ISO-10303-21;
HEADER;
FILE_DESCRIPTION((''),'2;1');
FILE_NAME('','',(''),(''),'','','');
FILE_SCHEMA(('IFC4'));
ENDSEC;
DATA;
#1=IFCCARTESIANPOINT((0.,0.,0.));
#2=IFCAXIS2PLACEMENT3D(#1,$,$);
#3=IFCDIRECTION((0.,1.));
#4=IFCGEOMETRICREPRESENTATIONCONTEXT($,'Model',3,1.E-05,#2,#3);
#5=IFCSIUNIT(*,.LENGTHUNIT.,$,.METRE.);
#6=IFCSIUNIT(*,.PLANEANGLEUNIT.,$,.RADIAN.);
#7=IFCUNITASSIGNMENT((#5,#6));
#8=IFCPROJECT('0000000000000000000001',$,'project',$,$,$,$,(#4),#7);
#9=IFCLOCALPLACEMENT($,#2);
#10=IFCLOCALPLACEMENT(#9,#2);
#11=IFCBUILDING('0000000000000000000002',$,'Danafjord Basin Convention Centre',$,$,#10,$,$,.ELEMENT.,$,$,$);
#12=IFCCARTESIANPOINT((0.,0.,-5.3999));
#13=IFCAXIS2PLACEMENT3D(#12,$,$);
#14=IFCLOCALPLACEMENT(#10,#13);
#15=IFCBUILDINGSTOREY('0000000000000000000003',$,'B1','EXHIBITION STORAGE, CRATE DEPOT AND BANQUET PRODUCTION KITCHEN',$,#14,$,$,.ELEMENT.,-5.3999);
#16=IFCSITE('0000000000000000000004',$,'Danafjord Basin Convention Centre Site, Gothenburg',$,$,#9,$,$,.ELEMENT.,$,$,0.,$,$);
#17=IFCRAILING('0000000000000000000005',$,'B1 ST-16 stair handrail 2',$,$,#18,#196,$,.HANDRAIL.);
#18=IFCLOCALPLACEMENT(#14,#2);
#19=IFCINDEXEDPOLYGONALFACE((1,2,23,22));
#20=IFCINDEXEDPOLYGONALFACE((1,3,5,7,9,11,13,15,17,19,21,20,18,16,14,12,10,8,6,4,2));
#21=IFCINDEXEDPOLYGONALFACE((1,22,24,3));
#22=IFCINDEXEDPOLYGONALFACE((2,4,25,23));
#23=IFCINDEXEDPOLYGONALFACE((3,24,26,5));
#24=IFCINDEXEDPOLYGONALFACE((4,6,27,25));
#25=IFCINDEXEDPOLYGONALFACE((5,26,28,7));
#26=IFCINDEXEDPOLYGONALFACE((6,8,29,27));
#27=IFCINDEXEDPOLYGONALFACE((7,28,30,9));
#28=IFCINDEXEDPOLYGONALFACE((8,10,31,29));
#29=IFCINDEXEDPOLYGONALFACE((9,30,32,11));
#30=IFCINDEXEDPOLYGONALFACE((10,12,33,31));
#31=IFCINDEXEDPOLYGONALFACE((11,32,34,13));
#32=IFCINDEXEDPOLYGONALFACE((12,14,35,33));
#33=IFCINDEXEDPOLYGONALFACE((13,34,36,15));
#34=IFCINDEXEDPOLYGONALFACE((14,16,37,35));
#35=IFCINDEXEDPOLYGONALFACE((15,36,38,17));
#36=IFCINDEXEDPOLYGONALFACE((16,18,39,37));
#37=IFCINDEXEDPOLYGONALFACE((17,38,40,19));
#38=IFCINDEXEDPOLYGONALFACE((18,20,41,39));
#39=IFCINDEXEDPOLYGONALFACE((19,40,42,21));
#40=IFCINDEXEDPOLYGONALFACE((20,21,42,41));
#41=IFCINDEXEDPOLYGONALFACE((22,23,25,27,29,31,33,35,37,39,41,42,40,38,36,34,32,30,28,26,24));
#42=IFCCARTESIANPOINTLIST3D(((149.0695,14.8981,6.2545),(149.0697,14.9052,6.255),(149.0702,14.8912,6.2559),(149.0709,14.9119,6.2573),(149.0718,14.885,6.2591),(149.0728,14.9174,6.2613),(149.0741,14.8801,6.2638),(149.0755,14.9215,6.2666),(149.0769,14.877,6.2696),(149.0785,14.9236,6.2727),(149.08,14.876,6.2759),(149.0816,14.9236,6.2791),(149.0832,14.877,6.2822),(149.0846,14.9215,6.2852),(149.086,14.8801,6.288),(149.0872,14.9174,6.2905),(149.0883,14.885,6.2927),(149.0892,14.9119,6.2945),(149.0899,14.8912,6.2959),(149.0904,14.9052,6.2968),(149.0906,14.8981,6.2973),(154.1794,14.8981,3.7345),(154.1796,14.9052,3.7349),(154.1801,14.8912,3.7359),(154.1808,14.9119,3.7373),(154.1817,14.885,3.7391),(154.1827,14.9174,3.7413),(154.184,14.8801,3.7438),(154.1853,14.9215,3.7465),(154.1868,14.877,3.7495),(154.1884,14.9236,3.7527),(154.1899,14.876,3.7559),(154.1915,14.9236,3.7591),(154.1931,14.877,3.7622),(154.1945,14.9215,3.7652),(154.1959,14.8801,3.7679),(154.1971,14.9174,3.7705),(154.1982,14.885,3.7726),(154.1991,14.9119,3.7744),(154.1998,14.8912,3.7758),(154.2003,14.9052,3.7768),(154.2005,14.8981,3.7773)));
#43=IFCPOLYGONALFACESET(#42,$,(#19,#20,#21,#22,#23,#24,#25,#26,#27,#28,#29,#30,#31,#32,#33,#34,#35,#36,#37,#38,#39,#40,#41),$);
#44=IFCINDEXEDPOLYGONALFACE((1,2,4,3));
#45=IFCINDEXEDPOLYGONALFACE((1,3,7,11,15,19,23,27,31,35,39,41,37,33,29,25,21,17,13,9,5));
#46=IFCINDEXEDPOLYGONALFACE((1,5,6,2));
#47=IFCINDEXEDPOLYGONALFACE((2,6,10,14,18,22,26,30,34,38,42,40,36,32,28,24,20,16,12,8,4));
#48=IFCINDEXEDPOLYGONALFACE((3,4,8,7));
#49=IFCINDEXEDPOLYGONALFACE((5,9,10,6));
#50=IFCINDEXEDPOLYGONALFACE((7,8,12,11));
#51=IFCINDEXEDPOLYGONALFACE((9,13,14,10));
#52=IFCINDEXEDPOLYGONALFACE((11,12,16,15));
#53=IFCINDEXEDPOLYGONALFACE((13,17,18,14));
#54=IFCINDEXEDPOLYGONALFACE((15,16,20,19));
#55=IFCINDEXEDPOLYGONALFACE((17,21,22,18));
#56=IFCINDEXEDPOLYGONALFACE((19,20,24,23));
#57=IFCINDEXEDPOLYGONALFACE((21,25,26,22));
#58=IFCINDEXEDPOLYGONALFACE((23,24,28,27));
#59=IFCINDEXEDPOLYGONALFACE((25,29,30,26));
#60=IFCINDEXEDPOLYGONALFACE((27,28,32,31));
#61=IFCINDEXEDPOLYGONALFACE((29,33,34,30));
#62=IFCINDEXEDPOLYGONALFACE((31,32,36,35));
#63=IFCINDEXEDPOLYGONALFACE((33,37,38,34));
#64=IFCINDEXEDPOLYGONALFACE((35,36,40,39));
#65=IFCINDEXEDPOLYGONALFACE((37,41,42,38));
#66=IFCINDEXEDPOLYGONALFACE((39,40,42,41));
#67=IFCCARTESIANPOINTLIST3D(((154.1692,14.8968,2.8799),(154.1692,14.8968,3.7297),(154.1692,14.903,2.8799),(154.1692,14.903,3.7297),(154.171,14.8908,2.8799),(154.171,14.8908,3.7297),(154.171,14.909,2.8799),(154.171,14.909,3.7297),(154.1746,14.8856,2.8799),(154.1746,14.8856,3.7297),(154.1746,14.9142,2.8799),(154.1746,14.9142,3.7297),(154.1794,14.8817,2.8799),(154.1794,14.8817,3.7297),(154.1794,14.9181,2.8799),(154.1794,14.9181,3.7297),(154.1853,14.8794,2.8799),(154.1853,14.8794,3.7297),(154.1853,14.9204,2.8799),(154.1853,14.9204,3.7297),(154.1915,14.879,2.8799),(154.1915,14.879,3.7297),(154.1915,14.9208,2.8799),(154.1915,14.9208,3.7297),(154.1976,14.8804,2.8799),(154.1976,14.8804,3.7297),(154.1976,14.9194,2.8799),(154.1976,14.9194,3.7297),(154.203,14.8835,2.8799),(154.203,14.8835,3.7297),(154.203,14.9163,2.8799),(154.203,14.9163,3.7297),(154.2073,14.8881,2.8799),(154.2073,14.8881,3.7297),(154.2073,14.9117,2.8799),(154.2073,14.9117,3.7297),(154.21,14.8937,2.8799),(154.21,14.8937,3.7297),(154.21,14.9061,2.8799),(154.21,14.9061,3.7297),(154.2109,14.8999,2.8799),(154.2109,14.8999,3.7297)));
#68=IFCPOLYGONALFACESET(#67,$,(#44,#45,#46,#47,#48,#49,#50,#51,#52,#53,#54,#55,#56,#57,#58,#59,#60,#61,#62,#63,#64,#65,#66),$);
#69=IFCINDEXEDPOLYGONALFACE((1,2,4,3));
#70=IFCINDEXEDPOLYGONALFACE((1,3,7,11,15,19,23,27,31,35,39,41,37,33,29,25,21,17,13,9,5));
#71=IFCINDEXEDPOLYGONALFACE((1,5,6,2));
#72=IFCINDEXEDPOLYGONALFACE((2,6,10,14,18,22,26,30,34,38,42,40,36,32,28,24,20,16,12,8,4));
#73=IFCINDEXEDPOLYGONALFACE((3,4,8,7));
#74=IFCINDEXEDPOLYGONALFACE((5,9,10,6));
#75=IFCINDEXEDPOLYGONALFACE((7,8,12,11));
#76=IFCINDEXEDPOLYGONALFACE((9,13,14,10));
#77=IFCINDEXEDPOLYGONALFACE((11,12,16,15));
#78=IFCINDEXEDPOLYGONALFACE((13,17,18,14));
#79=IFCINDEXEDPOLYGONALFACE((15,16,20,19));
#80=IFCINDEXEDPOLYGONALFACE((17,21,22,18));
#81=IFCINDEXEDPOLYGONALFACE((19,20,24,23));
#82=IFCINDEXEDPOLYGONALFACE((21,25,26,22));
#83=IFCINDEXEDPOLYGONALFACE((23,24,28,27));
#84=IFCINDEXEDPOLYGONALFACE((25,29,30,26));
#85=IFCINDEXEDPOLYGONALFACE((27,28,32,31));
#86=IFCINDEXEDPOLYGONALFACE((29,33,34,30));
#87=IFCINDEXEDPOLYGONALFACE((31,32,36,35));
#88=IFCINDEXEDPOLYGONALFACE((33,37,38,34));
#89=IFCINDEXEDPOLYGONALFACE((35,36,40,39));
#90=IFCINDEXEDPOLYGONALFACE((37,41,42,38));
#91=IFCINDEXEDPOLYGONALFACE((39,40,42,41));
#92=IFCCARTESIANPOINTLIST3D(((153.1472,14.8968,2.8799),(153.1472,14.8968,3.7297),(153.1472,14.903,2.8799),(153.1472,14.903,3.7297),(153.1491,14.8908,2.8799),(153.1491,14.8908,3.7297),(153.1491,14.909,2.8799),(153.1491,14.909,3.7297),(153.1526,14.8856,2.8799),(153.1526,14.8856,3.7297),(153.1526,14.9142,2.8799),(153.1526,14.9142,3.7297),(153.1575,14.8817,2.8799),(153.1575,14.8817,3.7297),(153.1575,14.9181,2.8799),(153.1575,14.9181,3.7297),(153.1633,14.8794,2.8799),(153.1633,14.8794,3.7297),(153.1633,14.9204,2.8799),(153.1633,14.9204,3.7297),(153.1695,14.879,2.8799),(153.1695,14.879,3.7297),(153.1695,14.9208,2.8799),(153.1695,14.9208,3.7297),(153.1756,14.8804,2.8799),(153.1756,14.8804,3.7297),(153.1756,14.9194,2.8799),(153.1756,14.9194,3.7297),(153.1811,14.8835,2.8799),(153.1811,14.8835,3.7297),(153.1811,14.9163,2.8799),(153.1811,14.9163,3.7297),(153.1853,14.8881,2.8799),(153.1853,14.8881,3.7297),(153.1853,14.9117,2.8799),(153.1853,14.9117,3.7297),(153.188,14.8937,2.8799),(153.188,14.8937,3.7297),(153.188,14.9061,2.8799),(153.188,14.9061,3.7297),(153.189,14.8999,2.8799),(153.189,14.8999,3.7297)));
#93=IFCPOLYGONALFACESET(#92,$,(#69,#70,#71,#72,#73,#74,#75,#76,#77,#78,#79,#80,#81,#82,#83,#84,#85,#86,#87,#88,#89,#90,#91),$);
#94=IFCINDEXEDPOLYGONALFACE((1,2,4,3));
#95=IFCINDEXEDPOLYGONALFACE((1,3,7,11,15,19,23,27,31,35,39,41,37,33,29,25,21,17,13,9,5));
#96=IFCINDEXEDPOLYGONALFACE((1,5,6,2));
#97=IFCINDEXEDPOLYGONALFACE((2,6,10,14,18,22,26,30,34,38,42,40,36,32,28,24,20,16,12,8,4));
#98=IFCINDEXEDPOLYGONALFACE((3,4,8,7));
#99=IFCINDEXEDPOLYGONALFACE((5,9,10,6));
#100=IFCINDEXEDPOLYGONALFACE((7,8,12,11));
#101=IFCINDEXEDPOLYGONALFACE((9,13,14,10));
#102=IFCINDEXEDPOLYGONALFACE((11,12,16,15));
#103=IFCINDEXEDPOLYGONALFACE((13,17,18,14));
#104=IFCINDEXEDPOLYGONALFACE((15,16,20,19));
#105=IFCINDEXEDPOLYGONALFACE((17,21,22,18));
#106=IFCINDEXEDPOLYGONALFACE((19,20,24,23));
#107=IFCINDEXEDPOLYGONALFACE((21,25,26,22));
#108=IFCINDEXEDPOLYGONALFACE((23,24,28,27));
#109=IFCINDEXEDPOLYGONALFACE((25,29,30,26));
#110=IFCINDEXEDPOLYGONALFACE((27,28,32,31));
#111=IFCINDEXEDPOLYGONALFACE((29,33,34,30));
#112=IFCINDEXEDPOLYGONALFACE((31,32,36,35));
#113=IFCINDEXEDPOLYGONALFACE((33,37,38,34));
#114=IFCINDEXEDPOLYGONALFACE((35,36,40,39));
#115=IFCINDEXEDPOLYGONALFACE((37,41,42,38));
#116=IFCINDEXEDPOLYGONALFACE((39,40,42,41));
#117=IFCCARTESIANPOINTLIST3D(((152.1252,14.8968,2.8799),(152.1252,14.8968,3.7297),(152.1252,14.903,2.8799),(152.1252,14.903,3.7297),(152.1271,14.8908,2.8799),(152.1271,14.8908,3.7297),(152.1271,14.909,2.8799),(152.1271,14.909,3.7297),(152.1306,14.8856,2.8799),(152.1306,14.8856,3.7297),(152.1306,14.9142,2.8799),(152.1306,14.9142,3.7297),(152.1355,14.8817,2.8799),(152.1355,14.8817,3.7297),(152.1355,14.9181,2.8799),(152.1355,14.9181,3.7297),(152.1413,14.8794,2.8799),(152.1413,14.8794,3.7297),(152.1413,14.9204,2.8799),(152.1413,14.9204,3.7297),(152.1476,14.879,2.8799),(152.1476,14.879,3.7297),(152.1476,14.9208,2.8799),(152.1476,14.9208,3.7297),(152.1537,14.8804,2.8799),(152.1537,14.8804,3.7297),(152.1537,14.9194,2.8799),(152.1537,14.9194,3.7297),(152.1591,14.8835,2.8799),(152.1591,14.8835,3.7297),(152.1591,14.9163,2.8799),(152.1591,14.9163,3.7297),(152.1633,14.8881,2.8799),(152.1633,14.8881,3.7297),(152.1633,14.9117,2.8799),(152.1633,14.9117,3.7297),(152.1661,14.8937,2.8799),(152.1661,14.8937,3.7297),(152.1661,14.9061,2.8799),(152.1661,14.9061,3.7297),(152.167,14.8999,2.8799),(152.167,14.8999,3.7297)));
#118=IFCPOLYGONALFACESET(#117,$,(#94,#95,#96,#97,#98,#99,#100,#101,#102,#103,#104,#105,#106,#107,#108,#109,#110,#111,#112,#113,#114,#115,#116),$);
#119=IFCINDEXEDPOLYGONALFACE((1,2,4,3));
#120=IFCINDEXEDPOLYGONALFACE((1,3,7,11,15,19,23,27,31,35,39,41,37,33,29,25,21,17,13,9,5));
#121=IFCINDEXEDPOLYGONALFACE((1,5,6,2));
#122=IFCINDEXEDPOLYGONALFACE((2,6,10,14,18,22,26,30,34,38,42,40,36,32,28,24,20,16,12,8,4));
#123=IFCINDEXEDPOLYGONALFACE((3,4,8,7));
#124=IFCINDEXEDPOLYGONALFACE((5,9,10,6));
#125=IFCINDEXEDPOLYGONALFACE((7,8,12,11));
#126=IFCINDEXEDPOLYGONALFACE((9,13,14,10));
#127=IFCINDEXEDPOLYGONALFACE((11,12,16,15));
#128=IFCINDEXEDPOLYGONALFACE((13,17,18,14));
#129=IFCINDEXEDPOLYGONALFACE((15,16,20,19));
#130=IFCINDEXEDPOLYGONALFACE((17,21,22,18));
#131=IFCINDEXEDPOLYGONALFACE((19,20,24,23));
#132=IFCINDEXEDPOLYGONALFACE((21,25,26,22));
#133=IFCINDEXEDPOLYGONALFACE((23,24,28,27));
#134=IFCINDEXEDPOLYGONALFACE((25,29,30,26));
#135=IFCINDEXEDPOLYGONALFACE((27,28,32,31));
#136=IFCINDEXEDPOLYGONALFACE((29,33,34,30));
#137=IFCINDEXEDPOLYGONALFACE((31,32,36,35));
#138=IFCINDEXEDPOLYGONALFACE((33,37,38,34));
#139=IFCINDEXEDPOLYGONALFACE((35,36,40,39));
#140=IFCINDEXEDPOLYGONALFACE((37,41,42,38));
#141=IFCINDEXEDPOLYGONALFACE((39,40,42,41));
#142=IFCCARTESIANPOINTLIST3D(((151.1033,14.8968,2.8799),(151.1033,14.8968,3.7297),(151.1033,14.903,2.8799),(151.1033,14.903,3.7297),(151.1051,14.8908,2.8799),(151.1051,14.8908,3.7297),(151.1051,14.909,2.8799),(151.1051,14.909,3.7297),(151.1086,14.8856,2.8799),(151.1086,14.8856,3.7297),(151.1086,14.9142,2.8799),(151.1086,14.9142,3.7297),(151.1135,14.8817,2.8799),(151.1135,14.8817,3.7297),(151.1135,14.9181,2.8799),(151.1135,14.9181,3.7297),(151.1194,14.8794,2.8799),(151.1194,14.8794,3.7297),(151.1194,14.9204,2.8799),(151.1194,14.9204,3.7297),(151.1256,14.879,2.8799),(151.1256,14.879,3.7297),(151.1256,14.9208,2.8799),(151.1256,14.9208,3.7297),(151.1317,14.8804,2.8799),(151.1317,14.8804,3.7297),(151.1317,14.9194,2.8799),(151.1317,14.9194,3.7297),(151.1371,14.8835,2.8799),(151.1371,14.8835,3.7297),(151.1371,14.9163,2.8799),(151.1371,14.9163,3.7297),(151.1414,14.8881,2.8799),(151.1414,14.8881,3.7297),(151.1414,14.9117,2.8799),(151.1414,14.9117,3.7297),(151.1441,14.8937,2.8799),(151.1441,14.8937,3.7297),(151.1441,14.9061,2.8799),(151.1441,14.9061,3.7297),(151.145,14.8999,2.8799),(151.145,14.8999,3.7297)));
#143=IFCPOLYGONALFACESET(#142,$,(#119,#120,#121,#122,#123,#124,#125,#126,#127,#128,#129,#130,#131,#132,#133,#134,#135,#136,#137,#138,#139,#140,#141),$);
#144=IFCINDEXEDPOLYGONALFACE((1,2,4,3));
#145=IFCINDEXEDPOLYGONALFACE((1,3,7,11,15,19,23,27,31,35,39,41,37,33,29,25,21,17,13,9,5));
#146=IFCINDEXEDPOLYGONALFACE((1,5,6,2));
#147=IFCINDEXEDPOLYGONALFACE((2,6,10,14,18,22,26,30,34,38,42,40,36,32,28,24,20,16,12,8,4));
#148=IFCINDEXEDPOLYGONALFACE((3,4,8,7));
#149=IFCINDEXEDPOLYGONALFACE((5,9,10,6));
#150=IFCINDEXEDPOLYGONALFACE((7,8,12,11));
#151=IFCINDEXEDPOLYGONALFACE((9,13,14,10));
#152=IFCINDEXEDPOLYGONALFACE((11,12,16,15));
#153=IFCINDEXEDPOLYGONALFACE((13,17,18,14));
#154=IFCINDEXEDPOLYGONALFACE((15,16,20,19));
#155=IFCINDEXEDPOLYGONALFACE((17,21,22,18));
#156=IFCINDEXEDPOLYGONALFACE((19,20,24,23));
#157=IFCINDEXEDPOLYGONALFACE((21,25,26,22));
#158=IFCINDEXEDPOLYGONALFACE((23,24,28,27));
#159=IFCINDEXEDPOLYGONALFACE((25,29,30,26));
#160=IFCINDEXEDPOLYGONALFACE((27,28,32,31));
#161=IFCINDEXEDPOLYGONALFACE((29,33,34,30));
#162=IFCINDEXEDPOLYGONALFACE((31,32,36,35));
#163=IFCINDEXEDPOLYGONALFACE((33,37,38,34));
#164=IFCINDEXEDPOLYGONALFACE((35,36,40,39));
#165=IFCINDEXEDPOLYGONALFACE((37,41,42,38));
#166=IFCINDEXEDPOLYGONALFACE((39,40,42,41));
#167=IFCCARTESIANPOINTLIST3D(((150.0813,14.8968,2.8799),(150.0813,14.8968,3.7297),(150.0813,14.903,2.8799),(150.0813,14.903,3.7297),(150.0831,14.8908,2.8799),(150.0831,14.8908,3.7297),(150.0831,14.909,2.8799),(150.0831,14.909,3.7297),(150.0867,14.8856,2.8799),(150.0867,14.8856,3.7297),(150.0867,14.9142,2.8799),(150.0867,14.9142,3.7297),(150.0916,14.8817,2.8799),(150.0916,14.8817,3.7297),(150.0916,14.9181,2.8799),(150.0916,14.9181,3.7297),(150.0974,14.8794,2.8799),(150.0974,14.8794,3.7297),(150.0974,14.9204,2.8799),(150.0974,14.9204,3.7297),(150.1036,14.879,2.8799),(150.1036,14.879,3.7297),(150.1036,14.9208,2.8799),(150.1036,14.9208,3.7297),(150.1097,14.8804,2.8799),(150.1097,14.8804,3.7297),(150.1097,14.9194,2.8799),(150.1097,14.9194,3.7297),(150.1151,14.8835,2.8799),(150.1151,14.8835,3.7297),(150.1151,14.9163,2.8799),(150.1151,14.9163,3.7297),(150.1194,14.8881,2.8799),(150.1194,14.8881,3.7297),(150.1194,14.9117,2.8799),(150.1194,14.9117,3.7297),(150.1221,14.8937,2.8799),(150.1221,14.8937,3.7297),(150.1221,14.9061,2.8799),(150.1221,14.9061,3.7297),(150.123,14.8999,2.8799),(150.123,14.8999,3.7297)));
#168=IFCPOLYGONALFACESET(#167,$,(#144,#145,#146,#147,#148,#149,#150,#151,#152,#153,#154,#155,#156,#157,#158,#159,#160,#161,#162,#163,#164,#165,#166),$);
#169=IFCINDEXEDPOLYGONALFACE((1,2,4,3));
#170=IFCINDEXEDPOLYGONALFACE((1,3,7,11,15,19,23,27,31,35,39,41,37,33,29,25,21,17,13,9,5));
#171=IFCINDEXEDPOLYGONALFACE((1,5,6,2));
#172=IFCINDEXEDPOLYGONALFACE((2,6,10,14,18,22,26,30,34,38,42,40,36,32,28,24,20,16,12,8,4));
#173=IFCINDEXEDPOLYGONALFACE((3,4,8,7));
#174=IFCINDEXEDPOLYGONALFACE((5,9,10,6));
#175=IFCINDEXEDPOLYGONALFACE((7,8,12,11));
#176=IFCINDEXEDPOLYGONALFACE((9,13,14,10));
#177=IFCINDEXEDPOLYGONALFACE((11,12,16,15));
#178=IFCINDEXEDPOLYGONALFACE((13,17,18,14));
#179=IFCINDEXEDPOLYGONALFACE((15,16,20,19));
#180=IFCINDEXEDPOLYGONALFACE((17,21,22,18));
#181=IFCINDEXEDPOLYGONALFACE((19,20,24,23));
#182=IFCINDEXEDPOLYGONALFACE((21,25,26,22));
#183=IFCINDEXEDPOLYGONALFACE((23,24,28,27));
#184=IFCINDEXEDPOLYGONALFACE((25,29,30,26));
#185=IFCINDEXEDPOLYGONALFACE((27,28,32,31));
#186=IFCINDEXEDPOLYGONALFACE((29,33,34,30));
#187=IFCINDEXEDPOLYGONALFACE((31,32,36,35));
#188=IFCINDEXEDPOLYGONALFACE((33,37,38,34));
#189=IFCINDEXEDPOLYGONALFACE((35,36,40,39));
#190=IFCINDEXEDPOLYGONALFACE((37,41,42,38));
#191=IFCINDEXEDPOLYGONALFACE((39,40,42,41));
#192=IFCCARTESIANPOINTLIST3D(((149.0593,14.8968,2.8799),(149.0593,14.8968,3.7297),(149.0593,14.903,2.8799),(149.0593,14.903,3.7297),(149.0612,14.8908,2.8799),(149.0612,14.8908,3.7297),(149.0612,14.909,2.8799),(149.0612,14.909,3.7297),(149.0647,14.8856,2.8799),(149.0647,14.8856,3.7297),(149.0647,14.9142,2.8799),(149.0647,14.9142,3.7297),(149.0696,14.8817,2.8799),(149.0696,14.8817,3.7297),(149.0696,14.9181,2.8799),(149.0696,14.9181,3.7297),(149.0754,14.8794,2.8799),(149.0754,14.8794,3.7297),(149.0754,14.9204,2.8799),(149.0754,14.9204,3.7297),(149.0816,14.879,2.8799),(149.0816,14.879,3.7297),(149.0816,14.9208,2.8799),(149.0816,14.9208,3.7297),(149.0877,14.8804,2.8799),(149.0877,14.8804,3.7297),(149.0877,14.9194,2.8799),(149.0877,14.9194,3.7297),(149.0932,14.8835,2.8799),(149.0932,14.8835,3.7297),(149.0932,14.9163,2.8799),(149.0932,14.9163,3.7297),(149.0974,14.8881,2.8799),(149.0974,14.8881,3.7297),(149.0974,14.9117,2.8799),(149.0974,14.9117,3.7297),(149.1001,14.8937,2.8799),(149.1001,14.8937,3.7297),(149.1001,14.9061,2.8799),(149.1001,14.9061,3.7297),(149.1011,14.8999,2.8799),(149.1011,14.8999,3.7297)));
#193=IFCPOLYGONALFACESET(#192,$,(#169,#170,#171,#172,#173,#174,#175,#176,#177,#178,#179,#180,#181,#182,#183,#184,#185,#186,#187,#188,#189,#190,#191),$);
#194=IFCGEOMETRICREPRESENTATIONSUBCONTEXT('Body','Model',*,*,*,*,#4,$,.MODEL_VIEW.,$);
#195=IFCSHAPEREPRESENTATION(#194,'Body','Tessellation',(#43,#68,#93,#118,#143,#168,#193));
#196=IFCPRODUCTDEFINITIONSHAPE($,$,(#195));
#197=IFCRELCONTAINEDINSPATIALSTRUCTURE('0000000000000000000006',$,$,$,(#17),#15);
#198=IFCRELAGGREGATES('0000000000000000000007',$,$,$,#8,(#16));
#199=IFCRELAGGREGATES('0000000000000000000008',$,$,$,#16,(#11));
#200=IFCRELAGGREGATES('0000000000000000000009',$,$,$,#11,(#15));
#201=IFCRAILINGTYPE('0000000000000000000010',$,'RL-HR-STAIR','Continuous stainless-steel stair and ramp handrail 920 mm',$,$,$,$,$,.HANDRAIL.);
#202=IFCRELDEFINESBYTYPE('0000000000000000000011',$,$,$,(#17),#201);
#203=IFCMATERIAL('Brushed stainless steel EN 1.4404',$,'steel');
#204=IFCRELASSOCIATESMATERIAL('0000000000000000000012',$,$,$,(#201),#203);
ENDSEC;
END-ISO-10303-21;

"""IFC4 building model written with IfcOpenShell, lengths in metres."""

from ifc_helpers import new_model, si_unit, direction, frame, origin, origin_2d, place, context, subcontext, project, spatial, circle, extrude, material, type_object, element, save


model = new_model("IFC4")

# Units and contexts
model_context = context("Model", 3, precision=1e-05, world=origin(), true_north=direction((0.0, 1.0)))
body_context = subcontext(model_context, "Body", "Model", "MODEL_VIEW")
ifc_project = project(units=[si_unit("LENGTHUNIT", "METRE"), si_unit("PLANEANGLEUNIT", "RADIAN")], contexts=[model_context])

# Site, building, storey
site_placement = place(None, origin())
site = spatial("IfcSite", under=ifc_project, at=site_placement, Name="Danafjord Basin Convention Centre Site, Gothenburg", CompositionType="ELEMENT", RefElevation=0.0)
building_placement = place(site_placement, origin())
building = spatial("IfcBuilding", under=site, at=building_placement, Name="Danafjord Basin Convention Centre", CompositionType="ELEMENT")
storey_placement = place(building_placement, frame((0.0, 0.0, -5.3999)))
storey = spatial("IfcBuildingStorey", under=building, at=storey_placement, Name="B1", Description="EXHIBITION STORAGE, CRATE DEPOT AND BANQUET PRODUCTION KITCHEN", CompositionType="ELEMENT", Elevation=-5.3999)

# Railing
ifc_material_1 = material(Name="Brushed stainless steel EN 1.4404", Category="steel")
railing_type_1 = type_object("IfcRailingType", Name="RL-HR-STAIR", Description="Continuous stainless-steel stair and ramp handrail 920 mm", PredefinedType="HANDRAIL", material=ifc_material_1)
railing_1_placement = place(storey_placement, frame((154.1899, 14.8999, 2.8799)))
element("IfcRailing", 1, at=railing_1_placement, inside=storey, type_object=railing_type_1, Name="B1 ST-16 stair handrail 2", PredefinedType="HANDRAIL", context=body_context, shape_type="SweptSolid", body=[
    extrude(circle(Radius=0.0239, at=origin_2d()), frame((0.0, 0.0, 0.876), z_axis=(-0.896865, 0.0, 0.442305), x_axis=(0.0, -1.0, 0.0)), (0.0, 0.0, 1.0), 5.6975),
    extrude(circle(Radius=0.021, at=origin_2d()), origin(), (0.0, 0.0, 1.0), 0.8499),
    extrude(circle(Radius=0.021, at=origin_2d()), frame((-1.022, 0.0, 0.0)), (0.0, 0.0, 1.0), 0.8499),
    extrude(circle(Radius=0.021, at=origin_2d()), frame((-2.0439, 0.0, 0.0)), (0.0, 0.0, 1.0), 0.8499),
    extrude(circle(Radius=0.021, at=origin_2d()), frame((-3.0659, 0.0, 0.0)), (0.0, 0.0, 1.0), 0.8499),
    extrude(circle(Radius=0.021, at=origin_2d()), frame((-4.0879, 0.0, 0.0)), (0.0, 0.0, 1.0), 0.8499),
    extrude(circle(Radius=0.021, at=origin_2d()), frame((-5.1099, 0.0, 0.0)), (0.0, 0.0, 1.0), 0.8499),
])

save(model, "model.ifc")
